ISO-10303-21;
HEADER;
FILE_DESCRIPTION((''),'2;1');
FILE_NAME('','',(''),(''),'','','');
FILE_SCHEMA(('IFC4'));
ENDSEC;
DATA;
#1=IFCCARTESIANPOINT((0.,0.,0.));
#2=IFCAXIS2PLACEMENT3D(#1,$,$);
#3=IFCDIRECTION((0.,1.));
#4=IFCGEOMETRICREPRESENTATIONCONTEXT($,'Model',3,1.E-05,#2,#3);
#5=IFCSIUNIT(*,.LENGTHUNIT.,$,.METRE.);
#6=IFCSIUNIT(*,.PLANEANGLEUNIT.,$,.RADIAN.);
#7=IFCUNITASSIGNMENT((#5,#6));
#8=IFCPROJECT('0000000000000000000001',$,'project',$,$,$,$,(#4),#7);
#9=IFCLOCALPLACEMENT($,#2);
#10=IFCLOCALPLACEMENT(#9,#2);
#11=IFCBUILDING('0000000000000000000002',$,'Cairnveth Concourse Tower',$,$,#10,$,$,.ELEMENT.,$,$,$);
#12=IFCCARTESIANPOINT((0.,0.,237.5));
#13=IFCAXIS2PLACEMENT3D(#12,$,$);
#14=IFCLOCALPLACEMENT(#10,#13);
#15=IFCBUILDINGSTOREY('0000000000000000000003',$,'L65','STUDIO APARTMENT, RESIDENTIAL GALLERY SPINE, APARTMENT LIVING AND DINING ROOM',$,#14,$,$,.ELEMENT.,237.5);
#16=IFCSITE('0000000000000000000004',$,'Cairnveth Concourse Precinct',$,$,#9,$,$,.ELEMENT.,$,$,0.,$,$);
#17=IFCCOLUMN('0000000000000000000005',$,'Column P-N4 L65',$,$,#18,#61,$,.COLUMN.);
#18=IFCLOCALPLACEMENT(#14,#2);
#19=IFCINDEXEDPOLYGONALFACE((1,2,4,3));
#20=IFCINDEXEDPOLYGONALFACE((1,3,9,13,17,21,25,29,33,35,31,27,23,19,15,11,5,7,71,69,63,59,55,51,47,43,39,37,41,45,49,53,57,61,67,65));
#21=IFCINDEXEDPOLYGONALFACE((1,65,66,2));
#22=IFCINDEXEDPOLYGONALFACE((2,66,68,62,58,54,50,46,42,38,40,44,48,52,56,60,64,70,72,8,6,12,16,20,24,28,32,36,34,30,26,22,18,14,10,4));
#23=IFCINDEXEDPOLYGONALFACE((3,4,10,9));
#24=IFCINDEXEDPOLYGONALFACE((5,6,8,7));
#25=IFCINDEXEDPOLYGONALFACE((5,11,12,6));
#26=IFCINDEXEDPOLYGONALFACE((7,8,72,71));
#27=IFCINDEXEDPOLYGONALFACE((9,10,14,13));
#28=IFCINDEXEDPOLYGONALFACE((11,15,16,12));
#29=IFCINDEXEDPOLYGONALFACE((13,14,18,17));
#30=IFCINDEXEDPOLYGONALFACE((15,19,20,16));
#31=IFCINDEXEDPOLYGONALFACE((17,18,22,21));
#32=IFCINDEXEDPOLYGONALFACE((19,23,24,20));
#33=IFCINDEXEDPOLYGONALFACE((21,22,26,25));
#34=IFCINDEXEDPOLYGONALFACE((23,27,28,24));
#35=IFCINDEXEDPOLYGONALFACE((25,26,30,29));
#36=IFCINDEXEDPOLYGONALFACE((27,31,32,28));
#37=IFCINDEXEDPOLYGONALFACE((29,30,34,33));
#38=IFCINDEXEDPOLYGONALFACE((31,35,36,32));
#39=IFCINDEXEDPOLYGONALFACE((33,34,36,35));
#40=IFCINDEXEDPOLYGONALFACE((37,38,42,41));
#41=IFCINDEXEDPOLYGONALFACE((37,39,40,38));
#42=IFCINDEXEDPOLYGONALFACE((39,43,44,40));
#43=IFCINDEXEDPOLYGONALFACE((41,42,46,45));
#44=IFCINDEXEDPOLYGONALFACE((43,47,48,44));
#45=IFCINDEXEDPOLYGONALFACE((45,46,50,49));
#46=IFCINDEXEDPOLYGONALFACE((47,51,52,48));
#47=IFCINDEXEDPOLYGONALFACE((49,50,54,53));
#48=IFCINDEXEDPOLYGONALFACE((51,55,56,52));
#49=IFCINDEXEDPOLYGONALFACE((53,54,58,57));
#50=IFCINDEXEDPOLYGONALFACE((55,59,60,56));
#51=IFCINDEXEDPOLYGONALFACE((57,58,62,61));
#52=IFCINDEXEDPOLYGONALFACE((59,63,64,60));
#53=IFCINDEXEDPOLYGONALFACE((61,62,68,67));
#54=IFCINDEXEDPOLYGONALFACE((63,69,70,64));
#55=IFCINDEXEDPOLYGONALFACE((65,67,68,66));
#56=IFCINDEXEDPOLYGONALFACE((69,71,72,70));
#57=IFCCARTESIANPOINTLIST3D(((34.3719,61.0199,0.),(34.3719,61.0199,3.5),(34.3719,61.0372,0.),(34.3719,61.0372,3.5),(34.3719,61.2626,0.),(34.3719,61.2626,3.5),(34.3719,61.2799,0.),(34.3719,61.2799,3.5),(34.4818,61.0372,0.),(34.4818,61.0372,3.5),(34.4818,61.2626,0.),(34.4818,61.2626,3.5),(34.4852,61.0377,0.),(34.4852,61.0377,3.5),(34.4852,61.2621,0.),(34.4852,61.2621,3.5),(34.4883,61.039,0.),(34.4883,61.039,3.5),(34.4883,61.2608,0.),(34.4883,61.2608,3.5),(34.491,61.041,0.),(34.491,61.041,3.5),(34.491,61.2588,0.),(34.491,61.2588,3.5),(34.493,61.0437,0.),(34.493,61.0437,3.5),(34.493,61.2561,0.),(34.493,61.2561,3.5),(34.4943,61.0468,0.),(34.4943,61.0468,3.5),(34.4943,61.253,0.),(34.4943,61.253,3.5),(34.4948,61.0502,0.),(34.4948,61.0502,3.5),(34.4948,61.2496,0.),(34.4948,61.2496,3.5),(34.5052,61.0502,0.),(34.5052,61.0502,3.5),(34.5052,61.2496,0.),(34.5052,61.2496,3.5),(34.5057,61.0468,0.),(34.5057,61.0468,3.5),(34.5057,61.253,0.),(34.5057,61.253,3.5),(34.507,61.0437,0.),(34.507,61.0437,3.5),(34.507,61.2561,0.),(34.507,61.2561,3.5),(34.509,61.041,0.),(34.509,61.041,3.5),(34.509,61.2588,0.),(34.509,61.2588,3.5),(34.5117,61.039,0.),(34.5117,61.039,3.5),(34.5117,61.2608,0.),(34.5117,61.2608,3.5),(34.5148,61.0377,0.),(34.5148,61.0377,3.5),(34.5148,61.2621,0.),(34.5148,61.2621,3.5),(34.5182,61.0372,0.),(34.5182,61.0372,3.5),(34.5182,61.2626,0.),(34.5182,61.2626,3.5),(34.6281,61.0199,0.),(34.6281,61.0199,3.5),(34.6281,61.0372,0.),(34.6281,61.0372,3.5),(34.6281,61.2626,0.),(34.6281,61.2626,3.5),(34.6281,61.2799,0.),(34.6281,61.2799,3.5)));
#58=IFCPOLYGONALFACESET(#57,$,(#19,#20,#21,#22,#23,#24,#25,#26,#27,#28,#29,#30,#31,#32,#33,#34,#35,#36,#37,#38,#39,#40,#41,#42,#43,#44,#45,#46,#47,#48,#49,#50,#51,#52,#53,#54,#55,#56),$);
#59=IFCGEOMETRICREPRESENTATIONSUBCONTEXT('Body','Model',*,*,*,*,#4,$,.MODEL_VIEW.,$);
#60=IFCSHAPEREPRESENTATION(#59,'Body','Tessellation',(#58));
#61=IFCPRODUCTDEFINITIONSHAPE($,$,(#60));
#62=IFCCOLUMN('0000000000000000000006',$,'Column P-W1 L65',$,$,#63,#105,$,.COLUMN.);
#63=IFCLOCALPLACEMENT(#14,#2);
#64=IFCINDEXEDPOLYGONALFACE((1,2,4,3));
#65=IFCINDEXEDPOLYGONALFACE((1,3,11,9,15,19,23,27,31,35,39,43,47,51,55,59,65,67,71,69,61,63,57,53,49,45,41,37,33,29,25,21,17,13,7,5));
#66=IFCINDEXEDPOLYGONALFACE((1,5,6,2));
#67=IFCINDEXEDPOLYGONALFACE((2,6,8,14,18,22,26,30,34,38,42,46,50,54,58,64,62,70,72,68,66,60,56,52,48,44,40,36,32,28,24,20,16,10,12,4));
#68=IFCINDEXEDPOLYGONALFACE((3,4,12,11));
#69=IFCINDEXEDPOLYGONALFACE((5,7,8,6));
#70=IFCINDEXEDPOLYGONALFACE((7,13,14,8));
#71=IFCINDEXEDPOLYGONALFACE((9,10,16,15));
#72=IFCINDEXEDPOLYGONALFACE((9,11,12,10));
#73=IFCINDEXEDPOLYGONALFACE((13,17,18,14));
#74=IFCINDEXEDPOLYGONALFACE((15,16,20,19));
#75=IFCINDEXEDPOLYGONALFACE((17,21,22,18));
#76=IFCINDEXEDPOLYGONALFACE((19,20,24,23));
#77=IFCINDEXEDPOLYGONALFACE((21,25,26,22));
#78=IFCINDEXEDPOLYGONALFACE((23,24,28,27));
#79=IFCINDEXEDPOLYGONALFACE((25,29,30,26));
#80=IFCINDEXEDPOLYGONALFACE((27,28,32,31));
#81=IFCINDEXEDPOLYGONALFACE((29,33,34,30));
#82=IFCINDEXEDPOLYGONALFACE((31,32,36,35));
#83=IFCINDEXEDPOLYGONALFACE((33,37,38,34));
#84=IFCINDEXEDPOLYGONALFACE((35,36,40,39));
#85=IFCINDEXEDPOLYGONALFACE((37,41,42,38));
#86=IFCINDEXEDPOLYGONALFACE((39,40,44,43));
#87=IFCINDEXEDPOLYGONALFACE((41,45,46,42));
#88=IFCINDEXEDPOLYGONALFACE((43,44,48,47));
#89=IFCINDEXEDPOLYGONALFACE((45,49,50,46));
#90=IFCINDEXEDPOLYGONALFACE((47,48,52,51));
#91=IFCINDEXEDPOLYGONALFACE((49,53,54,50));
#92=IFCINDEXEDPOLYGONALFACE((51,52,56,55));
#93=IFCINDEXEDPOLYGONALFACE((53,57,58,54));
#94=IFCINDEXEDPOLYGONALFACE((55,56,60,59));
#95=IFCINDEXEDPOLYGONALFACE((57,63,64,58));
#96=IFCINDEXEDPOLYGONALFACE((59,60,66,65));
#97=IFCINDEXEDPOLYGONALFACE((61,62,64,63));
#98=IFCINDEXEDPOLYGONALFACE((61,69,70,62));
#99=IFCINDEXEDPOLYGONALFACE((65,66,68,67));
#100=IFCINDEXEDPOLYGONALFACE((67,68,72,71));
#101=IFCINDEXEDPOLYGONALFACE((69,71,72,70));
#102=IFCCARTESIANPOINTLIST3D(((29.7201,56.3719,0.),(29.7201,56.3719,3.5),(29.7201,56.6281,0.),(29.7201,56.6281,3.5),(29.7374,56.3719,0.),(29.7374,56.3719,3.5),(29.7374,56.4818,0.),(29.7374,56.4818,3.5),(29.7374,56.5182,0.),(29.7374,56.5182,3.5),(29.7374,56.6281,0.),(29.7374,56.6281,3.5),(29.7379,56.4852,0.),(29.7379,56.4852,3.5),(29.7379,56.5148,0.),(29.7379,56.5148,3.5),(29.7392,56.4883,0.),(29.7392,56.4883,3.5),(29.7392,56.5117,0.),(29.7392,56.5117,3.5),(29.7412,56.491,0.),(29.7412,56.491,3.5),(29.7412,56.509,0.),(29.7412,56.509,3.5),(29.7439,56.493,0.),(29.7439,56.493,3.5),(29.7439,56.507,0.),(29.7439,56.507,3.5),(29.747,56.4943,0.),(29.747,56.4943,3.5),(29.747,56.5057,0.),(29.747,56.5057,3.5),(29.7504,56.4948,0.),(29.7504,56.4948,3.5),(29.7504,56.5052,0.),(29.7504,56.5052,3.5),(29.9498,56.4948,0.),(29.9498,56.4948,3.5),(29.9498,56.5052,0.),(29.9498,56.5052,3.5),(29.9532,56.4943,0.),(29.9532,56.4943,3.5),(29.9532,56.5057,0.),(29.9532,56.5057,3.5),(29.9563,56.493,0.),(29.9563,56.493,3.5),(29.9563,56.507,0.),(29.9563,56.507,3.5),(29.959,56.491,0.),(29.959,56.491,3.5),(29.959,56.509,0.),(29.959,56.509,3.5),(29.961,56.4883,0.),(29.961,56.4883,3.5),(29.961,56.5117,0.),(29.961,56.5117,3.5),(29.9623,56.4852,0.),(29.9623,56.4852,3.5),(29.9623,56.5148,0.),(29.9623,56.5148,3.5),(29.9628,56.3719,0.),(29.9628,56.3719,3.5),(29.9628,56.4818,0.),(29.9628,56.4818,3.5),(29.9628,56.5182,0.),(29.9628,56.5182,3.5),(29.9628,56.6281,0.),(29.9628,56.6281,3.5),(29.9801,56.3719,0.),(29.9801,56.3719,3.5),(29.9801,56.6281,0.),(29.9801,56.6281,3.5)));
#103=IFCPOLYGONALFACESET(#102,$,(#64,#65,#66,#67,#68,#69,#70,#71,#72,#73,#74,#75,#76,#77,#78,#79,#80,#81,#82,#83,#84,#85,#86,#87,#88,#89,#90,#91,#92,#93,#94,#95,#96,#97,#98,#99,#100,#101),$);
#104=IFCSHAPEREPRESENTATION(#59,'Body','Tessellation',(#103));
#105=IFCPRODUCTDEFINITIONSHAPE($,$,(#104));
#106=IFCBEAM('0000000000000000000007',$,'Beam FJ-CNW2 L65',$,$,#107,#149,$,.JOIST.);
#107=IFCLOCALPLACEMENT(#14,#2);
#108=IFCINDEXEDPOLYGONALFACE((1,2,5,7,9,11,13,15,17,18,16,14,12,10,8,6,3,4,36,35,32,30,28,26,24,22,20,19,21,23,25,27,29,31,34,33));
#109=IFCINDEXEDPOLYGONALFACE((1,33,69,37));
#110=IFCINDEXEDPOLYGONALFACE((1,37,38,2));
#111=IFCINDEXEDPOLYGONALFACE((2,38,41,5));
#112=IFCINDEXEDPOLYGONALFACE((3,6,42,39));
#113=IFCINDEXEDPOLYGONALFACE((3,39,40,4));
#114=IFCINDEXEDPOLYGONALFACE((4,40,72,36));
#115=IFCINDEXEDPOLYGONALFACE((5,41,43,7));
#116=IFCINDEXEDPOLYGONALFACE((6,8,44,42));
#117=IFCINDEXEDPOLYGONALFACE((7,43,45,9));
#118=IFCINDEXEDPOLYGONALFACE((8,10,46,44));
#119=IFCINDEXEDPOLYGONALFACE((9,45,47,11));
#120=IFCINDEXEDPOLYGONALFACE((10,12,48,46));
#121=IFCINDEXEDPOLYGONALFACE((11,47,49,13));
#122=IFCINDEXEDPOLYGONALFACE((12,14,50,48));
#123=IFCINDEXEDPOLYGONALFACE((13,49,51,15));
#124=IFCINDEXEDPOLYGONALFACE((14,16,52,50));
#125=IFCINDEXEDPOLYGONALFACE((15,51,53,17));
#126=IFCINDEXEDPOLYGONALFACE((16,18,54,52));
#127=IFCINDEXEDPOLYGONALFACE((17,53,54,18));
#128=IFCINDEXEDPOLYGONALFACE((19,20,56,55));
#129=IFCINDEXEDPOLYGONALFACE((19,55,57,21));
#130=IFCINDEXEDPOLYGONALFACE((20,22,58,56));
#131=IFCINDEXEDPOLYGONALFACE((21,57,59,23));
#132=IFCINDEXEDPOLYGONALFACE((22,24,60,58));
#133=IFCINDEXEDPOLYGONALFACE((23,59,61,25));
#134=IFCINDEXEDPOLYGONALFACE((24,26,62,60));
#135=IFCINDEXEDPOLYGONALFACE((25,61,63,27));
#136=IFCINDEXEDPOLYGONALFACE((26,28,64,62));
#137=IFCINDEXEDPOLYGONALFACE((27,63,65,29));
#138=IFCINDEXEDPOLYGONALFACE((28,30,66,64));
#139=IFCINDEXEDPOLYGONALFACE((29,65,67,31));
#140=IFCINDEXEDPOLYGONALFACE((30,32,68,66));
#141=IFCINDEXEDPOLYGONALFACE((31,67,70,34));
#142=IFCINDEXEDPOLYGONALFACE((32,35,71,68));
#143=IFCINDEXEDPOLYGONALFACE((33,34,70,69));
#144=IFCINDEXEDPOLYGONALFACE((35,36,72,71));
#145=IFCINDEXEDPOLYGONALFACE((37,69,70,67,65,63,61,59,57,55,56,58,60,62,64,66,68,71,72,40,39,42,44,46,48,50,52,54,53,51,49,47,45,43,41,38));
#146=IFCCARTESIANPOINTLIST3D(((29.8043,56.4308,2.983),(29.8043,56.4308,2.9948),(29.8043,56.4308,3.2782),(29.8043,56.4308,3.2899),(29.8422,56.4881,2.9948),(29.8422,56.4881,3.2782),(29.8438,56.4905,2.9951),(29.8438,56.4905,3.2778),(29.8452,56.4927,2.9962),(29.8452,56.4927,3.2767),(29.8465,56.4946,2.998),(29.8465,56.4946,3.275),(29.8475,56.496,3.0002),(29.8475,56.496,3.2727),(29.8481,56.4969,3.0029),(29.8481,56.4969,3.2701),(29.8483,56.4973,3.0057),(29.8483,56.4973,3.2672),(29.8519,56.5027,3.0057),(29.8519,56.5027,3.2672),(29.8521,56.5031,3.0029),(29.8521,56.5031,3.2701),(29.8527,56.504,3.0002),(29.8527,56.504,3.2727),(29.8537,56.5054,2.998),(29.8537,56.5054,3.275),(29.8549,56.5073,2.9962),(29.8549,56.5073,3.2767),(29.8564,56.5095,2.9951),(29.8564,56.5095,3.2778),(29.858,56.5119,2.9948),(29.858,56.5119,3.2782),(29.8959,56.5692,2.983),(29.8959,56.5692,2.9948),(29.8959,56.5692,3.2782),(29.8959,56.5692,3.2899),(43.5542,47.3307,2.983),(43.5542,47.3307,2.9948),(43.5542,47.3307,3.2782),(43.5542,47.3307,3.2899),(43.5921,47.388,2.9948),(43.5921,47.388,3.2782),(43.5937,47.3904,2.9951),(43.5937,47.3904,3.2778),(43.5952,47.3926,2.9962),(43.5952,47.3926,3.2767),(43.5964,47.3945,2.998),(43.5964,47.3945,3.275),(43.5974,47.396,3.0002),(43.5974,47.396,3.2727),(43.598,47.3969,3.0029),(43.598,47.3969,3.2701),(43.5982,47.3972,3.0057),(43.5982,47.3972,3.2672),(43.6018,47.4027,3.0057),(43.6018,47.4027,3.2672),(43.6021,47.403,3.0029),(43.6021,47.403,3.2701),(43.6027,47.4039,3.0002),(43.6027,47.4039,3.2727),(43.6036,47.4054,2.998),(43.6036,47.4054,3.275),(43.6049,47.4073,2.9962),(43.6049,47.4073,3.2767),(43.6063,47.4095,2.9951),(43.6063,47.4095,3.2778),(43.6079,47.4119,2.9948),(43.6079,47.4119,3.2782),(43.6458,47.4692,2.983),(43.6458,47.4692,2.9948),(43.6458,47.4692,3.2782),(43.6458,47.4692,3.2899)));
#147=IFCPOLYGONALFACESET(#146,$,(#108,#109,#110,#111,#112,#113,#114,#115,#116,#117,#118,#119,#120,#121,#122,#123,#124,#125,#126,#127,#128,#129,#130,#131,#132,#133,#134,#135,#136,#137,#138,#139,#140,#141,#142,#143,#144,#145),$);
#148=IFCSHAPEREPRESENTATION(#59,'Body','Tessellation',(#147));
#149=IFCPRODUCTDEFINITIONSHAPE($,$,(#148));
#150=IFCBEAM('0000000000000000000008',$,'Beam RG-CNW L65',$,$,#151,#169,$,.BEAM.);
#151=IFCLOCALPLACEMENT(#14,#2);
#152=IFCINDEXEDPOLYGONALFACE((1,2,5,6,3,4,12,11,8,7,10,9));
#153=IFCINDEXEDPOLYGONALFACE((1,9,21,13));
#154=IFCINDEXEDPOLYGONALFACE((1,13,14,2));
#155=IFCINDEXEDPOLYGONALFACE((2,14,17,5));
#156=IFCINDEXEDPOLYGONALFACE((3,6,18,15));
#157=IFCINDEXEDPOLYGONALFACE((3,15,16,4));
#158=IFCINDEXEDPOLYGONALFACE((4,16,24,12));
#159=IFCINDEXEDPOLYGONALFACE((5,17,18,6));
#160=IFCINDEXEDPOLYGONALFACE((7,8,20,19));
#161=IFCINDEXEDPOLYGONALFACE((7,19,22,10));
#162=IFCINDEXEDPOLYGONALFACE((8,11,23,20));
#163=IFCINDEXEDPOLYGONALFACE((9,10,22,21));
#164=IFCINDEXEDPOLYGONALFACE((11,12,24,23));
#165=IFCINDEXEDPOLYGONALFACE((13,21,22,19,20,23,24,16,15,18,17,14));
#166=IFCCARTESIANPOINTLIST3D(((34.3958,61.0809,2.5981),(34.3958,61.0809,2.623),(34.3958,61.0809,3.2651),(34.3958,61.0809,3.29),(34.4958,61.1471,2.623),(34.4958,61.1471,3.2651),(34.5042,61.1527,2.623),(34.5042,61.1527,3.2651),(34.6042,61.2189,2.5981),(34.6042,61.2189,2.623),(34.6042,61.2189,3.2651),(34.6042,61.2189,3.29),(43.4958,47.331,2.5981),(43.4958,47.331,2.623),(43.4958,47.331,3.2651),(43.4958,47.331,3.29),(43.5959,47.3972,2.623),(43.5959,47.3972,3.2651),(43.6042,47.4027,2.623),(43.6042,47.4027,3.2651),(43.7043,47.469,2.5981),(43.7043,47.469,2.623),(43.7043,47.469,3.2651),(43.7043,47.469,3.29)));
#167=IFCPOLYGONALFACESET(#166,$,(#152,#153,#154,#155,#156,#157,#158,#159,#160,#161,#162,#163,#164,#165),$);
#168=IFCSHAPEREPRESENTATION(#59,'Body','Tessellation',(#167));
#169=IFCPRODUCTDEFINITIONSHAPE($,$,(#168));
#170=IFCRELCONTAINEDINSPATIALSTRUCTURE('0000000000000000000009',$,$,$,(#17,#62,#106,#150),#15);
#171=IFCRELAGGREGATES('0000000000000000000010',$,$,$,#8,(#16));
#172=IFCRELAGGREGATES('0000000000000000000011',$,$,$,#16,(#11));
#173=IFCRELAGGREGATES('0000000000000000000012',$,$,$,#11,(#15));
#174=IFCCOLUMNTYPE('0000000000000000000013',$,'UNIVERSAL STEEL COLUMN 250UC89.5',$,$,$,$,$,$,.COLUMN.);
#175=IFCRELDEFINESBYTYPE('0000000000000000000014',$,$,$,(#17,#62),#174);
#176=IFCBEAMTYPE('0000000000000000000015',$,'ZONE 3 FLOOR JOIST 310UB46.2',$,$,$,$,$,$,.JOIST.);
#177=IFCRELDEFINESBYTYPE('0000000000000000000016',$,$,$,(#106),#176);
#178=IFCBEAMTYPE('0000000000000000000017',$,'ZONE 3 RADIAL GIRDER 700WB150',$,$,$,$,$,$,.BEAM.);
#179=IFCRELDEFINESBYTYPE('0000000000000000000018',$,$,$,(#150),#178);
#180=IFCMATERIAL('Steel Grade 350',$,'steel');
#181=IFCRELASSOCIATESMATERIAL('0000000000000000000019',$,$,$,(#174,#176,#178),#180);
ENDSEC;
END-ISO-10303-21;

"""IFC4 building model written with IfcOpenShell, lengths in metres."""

from ifc_helpers import new_model, si_unit, direction, frame, origin, origin_2d, place, context, subcontext, project, spatial, i_section, extrude, material, material_profile, profile_set, type_object, element, save


model = new_model("IFC4")

# Units and contexts
model_context = context("Model", 3, precision=1e-05, world=origin(), true_north=direction((0.0, 1.0)))
body_context = subcontext(model_context, "Body", "Model", "MODEL_VIEW")
ifc_project = project(units=[si_unit("LENGTHUNIT", "METRE"), si_unit("PLANEANGLEUNIT", "RADIAN")], contexts=[model_context])

# Site, building, storey
site_placement = place(None, origin())
site = spatial("IfcSite", under=ifc_project, at=site_placement, Name="Cairnveth Concourse Precinct", CompositionType="ELEMENT", RefElevation=0.0)
building_placement = place(site_placement, origin())
building = spatial("IfcBuilding", under=site, at=building_placement, Name="Cairnveth Concourse Tower", CompositionType="ELEMENT")
storey_placement = place(building_placement, frame((0.0, 0.0, 237.5)))
storey = spatial("IfcBuildingStorey", under=building, at=storey_placement, Name="L65", Description="STUDIO APARTMENT, RESIDENTIAL GALLERY SPINE, APARTMENT LIVING AND DINING ROOM", CompositionType="ELEMENT", Elevation=237.5)

# Columns
ifc_material_1 = material(Name="Steel Grade 350", Category="steel")
ifc_material_profile_1 = material_profile(ifc_material_1, i_section(OverallWidth=0.2561, OverallDepth=0.26, WebThickness=0.0105, FlangeThickness=0.0173, FilletRadius=0.0129, at=origin_2d()), Name="250UC89.5")
ifc_profile_set_1 = profile_set([ifc_material_profile_1], Name="Steel Grade 350")
column_type = type_object("IfcColumnType", Name="UNIVERSAL STEEL COLUMN 250UC89.5", PredefinedType="COLUMN", material=ifc_profile_set_1)
for number, where, z_axis, x_axis, name in (
    (1, (34.5, 61.1499, 0.0), (0.0, 0.0, 1.0), (1.0, 0.0, 0.0), "Column P-N4 L65"),
    (2, (29.8501, 56.5, 0.0), (0.0, 0.0, 1.0), (0.0, 1.0, 0.0), "Column P-W1 L65"),
):
    element("IfcColumn", number, at=place(storey_placement, frame(where, z_axis=z_axis, x_axis=x_axis)), inside=storey, type_object=column_type, Name=name, PredefinedType="COLUMN", context=body_context, shape_type="SweptSolid", body=[
        extrude(i_section(OverallWidth=0.2561, OverallDepth=0.26, WebThickness=0.0105, FlangeThickness=0.0173, FilletRadius=0.0129, at=origin_2d()), origin(), (0.0, 0.0, 1.0), 3.5),
    ])

# Beams
ifc_material_profile_2 = material_profile(ifc_material_1, i_section(OverallWidth=0.166, OverallDepth=0.3069, WebThickness=0.0066, FlangeThickness=0.0117, FilletRadius=0.011, at=origin_2d()), Name="310UB46.2")
ifc_profile_set_2 = profile_set([ifc_material_profile_2], Name="Steel Grade 350")
beam_type_1 = type_object("IfcBeamType", Name="ZONE 3 FLOOR JOIST 310UB46.2", PredefinedType="JOIST", material=ifc_profile_set_2)
beam_1_placement = place(storey_placement, frame((29.8501, 56.5, 3.1365), z_axis=(0.833909, -0.551902, 0.0), x_axis=(0.551902, 0.833909, 0.0)))
element("IfcBeam", 3, at=beam_1_placement, inside=storey, type_object=beam_type_1, Name="Beam FJ-CNW2 L65", PredefinedType="JOIST", context=body_context, shape_type="SweptSolid", body=[
    extrude(i_section(OverallWidth=0.166, OverallDepth=0.3069, WebThickness=0.0066, FlangeThickness=0.0117, FilletRadius=0.011, at=origin_2d()), origin(), (0.0, 0.0, 1.0), 16.4885),
])
ifc_material_profile_3 = material_profile(ifc_material_1, i_section(OverallWidth=0.25, OverallDepth=0.6919, WebThickness=0.01, FlangeThickness=0.0249, at=origin_2d()), Name="700WB150")
ifc_profile_set_3 = profile_set([ifc_material_profile_3], Name="Steel Grade 350")
beam_type_2 = type_object("IfcBeamType", Name="ZONE 3 RADIAL GIRDER 700WB150", PredefinedType="BEAM", material=ifc_profile_set_3)
beam_2_placement = place(storey_placement, frame((34.5, 61.1499, 2.9441), z_axis=(0.551902, -0.833909, 0.0), x_axis=(0.833909, 0.551902, 0.0)))
element("IfcBeam", 4, at=beam_2_placement, inside=storey, type_object=beam_type_2, Name="Beam RG-CNW L65", PredefinedType="BEAM", context=body_context, shape_type="SweptSolid", body=[
    extrude(i_section(OverallWidth=0.25, OverallDepth=0.6919, WebThickness=0.01, FlangeThickness=0.0249, at=origin_2d()), origin(), (0.0, 0.0, 1.0), 16.4885),
])

save(model, "model.ifc")
